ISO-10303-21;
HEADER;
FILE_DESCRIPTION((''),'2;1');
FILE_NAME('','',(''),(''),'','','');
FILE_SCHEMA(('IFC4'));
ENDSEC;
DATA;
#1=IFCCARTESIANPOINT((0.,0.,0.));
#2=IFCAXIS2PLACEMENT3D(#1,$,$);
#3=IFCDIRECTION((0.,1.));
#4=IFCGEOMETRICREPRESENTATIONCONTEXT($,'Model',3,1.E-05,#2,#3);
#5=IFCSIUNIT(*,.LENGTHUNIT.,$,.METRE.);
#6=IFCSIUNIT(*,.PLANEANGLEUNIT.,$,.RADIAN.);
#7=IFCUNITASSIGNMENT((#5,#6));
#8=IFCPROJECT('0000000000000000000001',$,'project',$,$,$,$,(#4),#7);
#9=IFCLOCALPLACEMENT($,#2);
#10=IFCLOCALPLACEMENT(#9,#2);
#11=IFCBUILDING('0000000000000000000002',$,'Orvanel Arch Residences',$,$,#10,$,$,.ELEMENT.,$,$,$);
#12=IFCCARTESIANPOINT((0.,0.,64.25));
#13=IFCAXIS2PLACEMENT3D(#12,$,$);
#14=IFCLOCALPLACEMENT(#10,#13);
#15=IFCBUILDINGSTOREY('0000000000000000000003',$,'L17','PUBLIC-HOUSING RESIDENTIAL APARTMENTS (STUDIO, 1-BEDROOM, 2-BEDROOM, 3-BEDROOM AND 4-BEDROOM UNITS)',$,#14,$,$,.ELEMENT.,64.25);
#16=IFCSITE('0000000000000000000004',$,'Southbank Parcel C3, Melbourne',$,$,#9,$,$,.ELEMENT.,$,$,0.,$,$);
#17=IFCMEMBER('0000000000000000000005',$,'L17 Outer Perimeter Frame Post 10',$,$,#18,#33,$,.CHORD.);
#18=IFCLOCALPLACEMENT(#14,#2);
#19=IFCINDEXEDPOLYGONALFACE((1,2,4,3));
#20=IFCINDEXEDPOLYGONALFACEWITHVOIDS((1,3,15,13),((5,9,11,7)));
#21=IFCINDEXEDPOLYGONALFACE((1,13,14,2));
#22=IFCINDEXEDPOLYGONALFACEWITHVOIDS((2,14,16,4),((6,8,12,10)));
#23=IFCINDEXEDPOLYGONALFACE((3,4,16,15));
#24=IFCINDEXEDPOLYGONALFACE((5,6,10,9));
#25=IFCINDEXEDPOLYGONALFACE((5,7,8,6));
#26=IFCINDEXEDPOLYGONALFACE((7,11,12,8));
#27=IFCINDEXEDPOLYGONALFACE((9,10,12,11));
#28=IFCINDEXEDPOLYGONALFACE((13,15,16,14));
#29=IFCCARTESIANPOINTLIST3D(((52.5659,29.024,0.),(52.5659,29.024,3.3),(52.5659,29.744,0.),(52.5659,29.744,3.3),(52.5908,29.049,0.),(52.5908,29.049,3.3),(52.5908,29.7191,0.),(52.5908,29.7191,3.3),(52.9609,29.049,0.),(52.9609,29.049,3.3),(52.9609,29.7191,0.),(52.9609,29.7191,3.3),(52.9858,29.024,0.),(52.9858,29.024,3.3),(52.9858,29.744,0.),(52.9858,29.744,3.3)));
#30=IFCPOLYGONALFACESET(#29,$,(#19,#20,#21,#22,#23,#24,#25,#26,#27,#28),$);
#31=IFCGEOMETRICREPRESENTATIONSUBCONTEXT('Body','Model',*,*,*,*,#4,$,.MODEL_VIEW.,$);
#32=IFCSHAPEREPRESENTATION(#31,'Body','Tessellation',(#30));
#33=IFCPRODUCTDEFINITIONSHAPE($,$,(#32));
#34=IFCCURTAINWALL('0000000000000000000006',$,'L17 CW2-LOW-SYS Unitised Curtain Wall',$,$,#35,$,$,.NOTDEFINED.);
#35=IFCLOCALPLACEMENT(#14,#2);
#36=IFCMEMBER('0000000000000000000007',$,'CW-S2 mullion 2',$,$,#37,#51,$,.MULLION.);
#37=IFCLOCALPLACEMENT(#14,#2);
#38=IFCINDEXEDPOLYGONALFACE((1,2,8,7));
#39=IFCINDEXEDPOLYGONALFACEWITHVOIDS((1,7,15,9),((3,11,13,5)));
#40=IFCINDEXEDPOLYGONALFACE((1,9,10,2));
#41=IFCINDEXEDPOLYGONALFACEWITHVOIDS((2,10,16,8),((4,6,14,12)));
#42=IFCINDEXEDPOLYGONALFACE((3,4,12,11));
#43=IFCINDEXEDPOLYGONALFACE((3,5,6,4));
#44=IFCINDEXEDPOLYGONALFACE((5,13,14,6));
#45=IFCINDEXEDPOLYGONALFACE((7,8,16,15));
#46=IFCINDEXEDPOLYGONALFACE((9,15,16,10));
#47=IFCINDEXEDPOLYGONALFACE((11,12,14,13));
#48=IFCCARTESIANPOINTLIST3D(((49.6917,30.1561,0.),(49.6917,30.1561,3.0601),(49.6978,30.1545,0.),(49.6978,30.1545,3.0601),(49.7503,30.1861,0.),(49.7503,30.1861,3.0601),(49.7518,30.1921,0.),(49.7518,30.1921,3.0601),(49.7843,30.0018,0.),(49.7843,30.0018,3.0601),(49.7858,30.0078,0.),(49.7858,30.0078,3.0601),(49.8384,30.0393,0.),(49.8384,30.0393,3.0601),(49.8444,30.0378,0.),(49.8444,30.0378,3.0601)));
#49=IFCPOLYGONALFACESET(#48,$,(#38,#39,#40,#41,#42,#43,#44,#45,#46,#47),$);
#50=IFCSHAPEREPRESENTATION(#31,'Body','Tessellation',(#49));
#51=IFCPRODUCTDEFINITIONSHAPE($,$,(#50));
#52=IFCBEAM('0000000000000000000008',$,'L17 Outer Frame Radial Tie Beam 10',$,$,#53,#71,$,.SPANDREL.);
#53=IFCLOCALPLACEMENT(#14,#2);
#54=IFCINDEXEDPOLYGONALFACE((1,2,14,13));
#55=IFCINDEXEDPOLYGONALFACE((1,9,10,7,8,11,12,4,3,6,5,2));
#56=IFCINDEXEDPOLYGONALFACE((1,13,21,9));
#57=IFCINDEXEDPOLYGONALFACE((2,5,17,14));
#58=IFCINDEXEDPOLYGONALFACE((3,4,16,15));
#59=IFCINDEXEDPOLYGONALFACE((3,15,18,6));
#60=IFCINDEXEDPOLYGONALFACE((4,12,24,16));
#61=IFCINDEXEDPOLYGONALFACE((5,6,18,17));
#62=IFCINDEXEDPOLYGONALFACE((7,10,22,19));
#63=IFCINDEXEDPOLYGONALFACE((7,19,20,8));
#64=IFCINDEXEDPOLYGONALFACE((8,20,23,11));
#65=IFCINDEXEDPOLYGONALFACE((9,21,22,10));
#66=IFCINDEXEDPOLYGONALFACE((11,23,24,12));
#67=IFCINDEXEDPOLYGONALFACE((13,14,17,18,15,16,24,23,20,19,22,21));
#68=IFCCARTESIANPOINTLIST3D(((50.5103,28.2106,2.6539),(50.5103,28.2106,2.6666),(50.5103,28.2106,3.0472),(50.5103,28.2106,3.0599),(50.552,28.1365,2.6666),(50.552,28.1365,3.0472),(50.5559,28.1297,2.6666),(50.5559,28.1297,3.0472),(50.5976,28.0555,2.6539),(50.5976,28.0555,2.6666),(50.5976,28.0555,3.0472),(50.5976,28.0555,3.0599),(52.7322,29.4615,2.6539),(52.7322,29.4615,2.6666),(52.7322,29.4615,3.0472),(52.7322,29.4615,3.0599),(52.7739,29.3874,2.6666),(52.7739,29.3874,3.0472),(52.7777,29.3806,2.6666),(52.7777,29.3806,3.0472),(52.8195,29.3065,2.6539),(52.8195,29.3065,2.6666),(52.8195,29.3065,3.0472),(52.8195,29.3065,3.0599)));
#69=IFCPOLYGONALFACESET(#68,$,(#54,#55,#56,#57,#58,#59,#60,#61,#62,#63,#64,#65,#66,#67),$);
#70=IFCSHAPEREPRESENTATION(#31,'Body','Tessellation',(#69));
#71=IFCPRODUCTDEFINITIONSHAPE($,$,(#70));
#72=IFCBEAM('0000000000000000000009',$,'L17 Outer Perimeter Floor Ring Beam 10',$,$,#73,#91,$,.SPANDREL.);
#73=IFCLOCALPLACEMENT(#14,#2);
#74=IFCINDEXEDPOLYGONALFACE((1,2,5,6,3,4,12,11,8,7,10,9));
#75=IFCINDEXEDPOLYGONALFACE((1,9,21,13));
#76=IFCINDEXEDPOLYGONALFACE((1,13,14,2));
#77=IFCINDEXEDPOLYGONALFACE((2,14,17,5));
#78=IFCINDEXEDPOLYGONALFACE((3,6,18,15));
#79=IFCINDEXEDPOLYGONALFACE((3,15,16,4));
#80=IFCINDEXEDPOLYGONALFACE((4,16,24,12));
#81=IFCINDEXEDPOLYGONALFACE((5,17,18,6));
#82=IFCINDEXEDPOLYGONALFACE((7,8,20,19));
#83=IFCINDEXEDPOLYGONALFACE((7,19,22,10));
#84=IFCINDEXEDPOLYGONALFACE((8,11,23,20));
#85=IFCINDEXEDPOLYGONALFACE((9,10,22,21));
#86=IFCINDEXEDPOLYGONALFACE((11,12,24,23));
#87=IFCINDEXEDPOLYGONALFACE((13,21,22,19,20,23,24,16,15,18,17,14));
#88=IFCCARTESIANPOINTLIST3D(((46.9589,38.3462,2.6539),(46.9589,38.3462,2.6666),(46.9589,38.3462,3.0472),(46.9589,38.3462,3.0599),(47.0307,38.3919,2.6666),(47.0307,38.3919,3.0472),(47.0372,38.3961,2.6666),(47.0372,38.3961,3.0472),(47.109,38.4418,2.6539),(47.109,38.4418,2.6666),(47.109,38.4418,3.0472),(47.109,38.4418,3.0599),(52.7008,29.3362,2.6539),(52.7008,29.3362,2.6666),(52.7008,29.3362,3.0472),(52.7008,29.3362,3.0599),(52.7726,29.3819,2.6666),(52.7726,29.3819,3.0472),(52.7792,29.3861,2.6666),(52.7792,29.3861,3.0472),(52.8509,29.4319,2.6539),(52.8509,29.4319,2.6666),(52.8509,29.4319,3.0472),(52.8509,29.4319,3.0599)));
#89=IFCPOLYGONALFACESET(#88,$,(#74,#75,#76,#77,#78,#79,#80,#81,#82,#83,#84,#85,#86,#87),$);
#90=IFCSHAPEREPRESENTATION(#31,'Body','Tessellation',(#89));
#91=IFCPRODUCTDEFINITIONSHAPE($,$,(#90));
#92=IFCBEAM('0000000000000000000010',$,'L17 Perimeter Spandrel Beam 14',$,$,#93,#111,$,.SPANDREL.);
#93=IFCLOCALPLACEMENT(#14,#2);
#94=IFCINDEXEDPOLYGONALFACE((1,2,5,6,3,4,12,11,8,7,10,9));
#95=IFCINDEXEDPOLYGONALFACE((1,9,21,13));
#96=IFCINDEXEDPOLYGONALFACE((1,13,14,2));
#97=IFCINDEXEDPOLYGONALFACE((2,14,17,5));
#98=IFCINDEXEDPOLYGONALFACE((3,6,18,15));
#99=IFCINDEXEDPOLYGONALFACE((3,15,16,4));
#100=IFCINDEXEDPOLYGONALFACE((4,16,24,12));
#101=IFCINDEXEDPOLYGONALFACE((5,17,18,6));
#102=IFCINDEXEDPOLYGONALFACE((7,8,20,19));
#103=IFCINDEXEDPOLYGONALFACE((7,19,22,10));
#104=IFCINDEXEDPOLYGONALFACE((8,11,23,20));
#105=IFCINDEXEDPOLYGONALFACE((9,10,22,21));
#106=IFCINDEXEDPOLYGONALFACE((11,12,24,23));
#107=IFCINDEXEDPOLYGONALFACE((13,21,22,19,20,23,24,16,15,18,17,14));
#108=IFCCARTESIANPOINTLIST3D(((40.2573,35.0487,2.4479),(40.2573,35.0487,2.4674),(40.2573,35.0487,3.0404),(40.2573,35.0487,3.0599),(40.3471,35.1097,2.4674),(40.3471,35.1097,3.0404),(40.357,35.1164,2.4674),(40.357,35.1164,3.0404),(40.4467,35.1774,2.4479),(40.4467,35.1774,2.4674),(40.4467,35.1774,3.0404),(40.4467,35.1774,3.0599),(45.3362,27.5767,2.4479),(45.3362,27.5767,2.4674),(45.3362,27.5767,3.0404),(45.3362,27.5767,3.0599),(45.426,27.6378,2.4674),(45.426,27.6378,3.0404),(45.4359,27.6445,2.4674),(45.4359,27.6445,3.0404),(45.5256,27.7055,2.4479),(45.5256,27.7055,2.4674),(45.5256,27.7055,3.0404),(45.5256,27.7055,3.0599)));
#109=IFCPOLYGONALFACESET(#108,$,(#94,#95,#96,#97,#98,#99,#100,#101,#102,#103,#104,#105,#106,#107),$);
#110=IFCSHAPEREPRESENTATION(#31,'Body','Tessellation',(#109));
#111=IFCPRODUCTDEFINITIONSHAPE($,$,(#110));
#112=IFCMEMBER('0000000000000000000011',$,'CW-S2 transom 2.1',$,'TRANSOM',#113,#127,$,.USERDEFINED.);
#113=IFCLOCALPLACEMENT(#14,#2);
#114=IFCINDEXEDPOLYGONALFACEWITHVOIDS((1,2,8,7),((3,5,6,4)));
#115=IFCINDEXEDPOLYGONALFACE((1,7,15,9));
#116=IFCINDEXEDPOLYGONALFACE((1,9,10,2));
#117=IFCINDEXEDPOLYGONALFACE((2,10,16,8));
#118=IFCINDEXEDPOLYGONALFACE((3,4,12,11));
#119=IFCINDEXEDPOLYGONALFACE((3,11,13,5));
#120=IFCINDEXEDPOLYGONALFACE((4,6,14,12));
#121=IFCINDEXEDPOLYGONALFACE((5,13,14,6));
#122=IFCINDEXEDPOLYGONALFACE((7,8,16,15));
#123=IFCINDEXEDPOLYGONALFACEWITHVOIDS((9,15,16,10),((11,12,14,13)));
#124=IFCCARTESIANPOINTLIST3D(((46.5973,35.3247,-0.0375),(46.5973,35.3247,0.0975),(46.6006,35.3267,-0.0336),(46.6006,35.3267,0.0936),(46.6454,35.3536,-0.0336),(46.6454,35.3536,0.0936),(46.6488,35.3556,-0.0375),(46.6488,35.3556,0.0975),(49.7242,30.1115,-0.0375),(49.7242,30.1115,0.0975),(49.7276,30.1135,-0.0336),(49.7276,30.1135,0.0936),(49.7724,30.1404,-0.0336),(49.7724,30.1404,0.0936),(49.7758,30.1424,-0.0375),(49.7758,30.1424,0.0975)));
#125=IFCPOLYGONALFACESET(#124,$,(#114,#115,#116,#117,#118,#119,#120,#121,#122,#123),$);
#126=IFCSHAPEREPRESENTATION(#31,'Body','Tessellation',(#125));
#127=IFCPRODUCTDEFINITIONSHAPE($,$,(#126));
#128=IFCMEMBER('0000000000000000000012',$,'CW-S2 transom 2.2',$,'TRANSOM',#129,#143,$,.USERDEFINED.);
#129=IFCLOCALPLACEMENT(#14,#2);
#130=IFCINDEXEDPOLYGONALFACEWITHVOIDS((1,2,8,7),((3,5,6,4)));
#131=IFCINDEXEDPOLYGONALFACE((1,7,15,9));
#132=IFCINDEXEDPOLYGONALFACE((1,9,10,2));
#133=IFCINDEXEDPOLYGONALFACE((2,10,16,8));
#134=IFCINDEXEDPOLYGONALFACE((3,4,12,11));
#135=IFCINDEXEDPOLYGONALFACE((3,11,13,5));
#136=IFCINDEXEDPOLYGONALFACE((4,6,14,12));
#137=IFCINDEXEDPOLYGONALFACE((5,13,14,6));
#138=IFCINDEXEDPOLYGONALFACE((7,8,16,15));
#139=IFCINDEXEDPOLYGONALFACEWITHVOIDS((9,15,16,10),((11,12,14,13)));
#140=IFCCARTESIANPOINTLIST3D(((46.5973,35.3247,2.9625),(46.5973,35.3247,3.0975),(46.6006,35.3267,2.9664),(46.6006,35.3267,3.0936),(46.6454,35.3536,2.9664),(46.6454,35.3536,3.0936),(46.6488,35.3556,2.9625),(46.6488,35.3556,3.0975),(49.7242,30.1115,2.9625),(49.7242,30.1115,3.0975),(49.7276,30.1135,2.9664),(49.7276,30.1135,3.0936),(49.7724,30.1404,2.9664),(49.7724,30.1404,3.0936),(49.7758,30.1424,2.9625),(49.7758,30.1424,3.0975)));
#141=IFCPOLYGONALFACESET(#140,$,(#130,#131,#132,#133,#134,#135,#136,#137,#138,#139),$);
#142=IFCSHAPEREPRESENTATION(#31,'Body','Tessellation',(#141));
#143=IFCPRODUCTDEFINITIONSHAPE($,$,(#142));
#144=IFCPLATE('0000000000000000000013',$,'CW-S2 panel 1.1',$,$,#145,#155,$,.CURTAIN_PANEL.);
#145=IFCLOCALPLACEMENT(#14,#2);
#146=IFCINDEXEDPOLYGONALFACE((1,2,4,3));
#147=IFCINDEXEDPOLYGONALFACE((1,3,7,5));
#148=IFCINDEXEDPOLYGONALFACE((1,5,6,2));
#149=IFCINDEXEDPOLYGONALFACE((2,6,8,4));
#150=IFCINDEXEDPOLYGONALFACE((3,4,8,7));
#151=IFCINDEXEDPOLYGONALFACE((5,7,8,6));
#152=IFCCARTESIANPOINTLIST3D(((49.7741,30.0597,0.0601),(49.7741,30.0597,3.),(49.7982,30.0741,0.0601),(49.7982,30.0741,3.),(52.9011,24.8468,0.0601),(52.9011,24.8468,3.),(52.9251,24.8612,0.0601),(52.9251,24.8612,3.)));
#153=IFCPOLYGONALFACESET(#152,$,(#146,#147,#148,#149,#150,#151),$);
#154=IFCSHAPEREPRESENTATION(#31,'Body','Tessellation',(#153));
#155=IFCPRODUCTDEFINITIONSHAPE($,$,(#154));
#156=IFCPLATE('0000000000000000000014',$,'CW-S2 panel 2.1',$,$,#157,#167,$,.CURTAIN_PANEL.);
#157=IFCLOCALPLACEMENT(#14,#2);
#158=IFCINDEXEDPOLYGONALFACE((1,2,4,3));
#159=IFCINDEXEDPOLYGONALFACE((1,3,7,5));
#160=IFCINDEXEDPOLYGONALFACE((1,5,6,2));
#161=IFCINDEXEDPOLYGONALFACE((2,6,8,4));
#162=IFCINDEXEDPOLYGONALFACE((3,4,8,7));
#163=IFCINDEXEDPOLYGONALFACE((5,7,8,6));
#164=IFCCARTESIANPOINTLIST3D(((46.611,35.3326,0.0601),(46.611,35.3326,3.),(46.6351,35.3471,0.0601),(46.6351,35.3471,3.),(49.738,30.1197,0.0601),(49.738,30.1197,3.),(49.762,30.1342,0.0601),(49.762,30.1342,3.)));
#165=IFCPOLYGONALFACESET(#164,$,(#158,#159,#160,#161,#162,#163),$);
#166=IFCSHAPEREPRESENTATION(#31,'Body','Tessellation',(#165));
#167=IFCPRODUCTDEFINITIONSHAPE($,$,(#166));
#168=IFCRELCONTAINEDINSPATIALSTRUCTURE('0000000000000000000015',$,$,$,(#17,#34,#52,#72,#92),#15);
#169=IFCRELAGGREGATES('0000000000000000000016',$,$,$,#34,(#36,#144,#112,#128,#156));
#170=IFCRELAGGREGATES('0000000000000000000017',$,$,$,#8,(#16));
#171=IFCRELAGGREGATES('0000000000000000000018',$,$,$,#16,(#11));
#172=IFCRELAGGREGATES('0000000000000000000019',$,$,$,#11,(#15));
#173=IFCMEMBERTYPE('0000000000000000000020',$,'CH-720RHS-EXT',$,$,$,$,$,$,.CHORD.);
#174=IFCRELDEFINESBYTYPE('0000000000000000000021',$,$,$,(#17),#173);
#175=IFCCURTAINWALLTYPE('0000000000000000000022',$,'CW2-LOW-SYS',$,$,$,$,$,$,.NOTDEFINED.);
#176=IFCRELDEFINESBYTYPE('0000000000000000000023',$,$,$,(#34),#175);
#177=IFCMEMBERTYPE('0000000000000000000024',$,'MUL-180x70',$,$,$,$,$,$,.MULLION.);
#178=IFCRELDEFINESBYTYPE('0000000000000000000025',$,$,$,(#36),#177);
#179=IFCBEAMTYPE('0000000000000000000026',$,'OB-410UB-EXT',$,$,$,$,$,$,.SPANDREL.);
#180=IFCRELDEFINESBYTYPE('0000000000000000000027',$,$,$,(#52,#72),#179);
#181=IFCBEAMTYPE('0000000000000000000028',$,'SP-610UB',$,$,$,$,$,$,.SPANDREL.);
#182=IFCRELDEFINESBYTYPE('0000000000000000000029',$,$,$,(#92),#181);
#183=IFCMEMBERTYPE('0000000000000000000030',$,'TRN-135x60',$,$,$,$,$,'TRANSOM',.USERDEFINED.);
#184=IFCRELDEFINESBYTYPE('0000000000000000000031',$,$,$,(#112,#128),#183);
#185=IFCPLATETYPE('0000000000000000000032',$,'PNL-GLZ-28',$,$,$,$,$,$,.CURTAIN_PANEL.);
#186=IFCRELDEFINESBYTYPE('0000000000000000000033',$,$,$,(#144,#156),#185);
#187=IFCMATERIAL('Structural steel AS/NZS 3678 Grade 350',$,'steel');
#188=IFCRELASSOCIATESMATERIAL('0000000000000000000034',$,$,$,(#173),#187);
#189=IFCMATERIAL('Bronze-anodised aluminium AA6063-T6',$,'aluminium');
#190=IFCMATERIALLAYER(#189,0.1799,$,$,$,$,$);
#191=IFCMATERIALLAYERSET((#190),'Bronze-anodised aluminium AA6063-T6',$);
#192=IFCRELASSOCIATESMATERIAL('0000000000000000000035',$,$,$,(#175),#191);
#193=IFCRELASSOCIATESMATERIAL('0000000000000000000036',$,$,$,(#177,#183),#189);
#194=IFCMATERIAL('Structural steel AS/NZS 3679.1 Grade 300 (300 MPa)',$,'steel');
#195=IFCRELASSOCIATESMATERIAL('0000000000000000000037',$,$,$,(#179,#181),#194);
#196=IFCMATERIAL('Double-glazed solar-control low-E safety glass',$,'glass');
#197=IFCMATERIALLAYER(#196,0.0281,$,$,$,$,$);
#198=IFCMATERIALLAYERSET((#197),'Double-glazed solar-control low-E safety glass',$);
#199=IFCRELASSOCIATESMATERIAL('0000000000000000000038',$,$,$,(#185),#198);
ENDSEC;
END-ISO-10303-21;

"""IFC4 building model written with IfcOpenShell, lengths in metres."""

from ifc_helpers import new_model, si_unit, direction, frame, origin, origin_2d, place, context, subcontext, project, spatial, rectangle, hollow_rectangle, i_section, extrude, material, layer, layer_set, material_profile, profile_set, type_object, element, aggregate, save


model = new_model("IFC4")

# Units and contexts
model_context = context("Model", 3, precision=1e-05, world=origin(), true_north=direction((0.0, 1.0)))
body_context = subcontext(model_context, "Body", "Model", "MODEL_VIEW")
ifc_project = project(units=[si_unit("LENGTHUNIT", "METRE"), si_unit("PLANEANGLEUNIT", "RADIAN")], contexts=[model_context])

# Site, building, storey
site_placement = place(None, origin())
site = spatial("IfcSite", under=ifc_project, at=site_placement, Name="Southbank Parcel C3, Melbourne", CompositionType="ELEMENT", RefElevation=0.0)
building_placement = place(site_placement, origin())
building = spatial("IfcBuilding", under=site, at=building_placement, Name="Orvanel Arch Residences", CompositionType="ELEMENT")
storey_placement = place(building_placement, frame((0.0, 0.0, 64.25)))
storey = spatial("IfcBuildingStorey", under=building, at=storey_placement, Name="L17", Description="PUBLIC-HOUSING RESIDENTIAL APARTMENTS (STUDIO, 1-BEDROOM, 2-BEDROOM, 3-BEDROOM AND 4-BEDROOM UNITS)", CompositionType="ELEMENT", Elevation=64.25)

# Shared definitions
ifc_material_1 = material(Name="Structural steel AS/NZS 3679.1 Grade 300 (300 MPa)", Category="steel")

# Member
ifc_material_2 = material(Name="Structural steel AS/NZS 3678 Grade 350", Category="steel")
ifc_material_profile_1 = material_profile(ifc_material_2, hollow_rectangle(XDim=0.4199, YDim=0.72, WallThickness=0.0249, at=origin_2d()), Name="RHS720x420x25")
ifc_profile_set_1 = profile_set([ifc_material_profile_1], Name="Structural steel AS/NZS 3678 Grade 350")
member_type_1 = type_object("IfcMemberType", Name="CH-720RHS-EXT", PredefinedType="CHORD", material=ifc_profile_set_1)
member_1_placement = place(storey_placement, frame((52.7759, 29.384, 0.0), z_axis=(0.0, 0.0, 1.0), x_axis=(1.0, 0.0, 0.0)))
element("IfcMember", 1, at=member_1_placement, inside=storey, type_object=member_type_1, Name="L17 Outer Perimeter Frame Post 10", PredefinedType="CHORD", context=body_context, shape_type="SweptSolid", body=[
    extrude(hollow_rectangle(XDim=0.4199, YDim=0.72, WallThickness=0.0249, at=origin_2d()), origin(), (0.0, 0.0, 1.0), 3.3),
])

# Curtain wall, member
ifc_material_3 = material(Name="Bronze-anodised aluminium AA6063-T6", Category="aluminium")
ifc_layer_1 = layer(ifc_material_3, 0.1799)
ifc_layer_set_1 = layer_set([ifc_layer_1], Name="Bronze-anodised aluminium AA6063-T6")
curtain_wall_type = type_object("IfcCurtainWallType", Name="CW2-LOW-SYS", PredefinedType="NOTDEFINED", material=ifc_layer_set_1)
curtain_wall_placement = place(storey_placement, origin())
curtain_wall = element("IfcCurtainWall", 2, at=curtain_wall_placement, inside=storey, type_object=curtain_wall_type, Name="L17 CW2-LOW-SYS Unitised Curtain Wall", PredefinedType="NOTDEFINED")
ifc_material_profile_2 = material_profile(ifc_material_3, hollow_rectangle(XDim=0.0701, YDim=0.1799, WallThickness=0.0044, at=origin_2d()), Name="ALU180x70x4.5")
ifc_profile_set_2 = profile_set([ifc_material_profile_2], Name="Bronze-anodised aluminium AA6063-T6")
member_type_2 = type_object("IfcMemberType", Name="MUL-180x70", PredefinedType="MULLION", material=ifc_profile_set_2)
member_2_placement = place(storey_placement, frame((49.7681, 30.0969, 0.0), z_axis=(0.0, 0.0, 1.0), x_axis=(-0.85755, -0.514401, 0.0)))
member_2 = element("IfcMember", 3, at=member_2_placement, type_object=member_type_2, Name="CW-S2 mullion 2", PredefinedType="MULLION", context=body_context, shape_type="SweptSolid", body=[
    extrude(hollow_rectangle(XDim=0.0701, YDim=0.1799, WallThickness=0.0044, at=origin_2d()), origin(), (0.0, 0.0, 1.0), 3.0601),
])

# Beams
ifc_material_profile_3 = material_profile(ifc_material_1, i_section(OverallWidth=0.178, OverallDepth=0.406, WebThickness=0.0078, FlangeThickness=0.0127, at=origin_2d()), Name="410UB59.7")
ifc_profile_set_3 = profile_set([ifc_material_profile_3], Name="Structural steel AS/NZS 3679.1 Grade 300 (300 MPa)")
beam_type_1 = type_object("IfcBeamType", Name="OB-410UB-EXT", PredefinedType="SPANDREL", material=ifc_profile_set_3)
beam_1_placement = place(storey_placement, frame((50.554, 28.1331, 2.8569), z_axis=(0.871384, 0.490602, 0.0), x_axis=(-0.490602, 0.871384, 0.0)))
element("IfcBeam", 4, at=beam_1_placement, inside=storey, type_object=beam_type_1, Name="L17 Outer Frame Radial Tie Beam 10", PredefinedType="SPANDREL", context=body_context, shape_type="SweptSolid", body=[
    extrude(i_section(OverallWidth=0.178, OverallDepth=0.406, WebThickness=0.0078, FlangeThickness=0.0127, at=origin_2d()), origin(), (0.0, 0.0, 1.0), 2.5498),
])
beam_2_placement = place(storey_placement, frame((52.7759, 29.384, 2.8569), z_axis=(-0.537428, 0.843309, 0.0), x_axis=(-0.843309, -0.537428, 0.0)))
element("IfcBeam", 5, at=beam_2_placement, inside=storey, type_object=beam_type_1, Name="L17 Outer Perimeter Floor Ring Beam 10", PredefinedType="SPANDREL", context=body_context, shape_type="SweptSolid", body=[
    extrude(i_section(OverallWidth=0.178, OverallDepth=0.406, WebThickness=0.0078, FlangeThickness=0.0127, at=origin_2d()), origin(), (0.0, 0.0, 1.0), 10.6841),
])
ifc_material_profile_4 = material_profile(ifc_material_1, i_section(OverallWidth=0.229, OverallDepth=0.6121, WebThickness=0.012, FlangeThickness=0.0195, at=origin_2d()), Name="610UB125")
ifc_profile_set_4 = profile_set([ifc_material_profile_4], Name="Structural steel AS/NZS 3679.1 Grade 300 (300 MPa)")
beam_type_2 = type_object("IfcBeamType", Name="SP-610UB", PredefinedType="SPANDREL", material=ifc_profile_set_4)
beam_3_placement = place(storey_placement, frame((45.4309, 27.6411, 2.7539), z_axis=(-0.562155, 0.827032, 0.0), x_axis=(-0.827032, -0.562155, 0.0)))
element("IfcBeam", 6, at=beam_3_placement, inside=storey, type_object=beam_type_2, Name="L17 Perimeter Spandrel Beam 14", PredefinedType="SPANDREL", context=body_context, shape_type="SweptSolid", body=[
    extrude(i_section(OverallWidth=0.229, OverallDepth=0.6121, WebThickness=0.012, FlangeThickness=0.0195, at=origin_2d()), origin(), (0.0, 0.0, 1.0), 9.0347),
])

# Members
ifc_material_profile_5 = material_profile(ifc_material_3, hollow_rectangle(XDim=0.0601, YDim=0.135, WallThickness=0.0039, at=origin_2d()), Name="ALU135x60x4")
ifc_profile_set_5 = profile_set([ifc_material_profile_5], Name="Bronze-anodised aluminium AA6063-T6")
member_type_3 = type_object("IfcMemberType", Name="TRN-135x60", ElementType="TRANSOM", PredefinedType="USERDEFINED", material=ifc_profile_set_5)
member_3_placement = place(storey_placement, frame((49.75, 30.127, 0.03), z_axis=(-0.514384, 0.85756, 0.0), x_axis=(-0.85756, -0.514384, 0.0)))
member_3 = element("IfcMember", 7, at=member_3_placement, type_object=member_type_3, Name="CW-S2 transom 2.1", ObjectType="TRANSOM", PredefinedType="USERDEFINED", context=body_context, shape_type="SweptSolid", body=[
    extrude(hollow_rectangle(XDim=0.0601, YDim=0.135, WallThickness=0.0039, at=origin_2d()), origin(), (0.0, 0.0, 1.0), 6.0791),
])
member_4_placement = place(storey_placement, frame((49.75, 30.127, 3.03), z_axis=(-0.514384, 0.85756, 0.0), x_axis=(-0.85756, -0.514384, 0.0)))
member_4 = element("IfcMember", 8, at=member_4_placement, type_object=member_type_3, Name="CW-S2 transom 2.2", ObjectType="TRANSOM", PredefinedType="USERDEFINED", context=body_context, shape_type="SweptSolid", body=[
    extrude(hollow_rectangle(XDim=0.0601, YDim=0.135, WallThickness=0.0039, at=origin_2d()), origin(), (0.0, 0.0, 1.0), 6.0791),
])

# Plates
ifc_material_4 = material(Name="Double-glazed solar-control low-E safety glass", Category="glass")
ifc_layer_2 = layer(ifc_material_4, 0.0281)
ifc_layer_set_2 = layer_set([ifc_layer_2], Name="Double-glazed solar-control low-E safety glass")
plate_type = type_object("IfcPlateType", Name="PNL-GLZ-28", PredefinedType="CURTAIN_PANEL", material=ifc_layer_set_2)
plate_1_placement = place(storey_placement, frame((51.3496, 27.4604, 0.0601), z_axis=(0.0, 0.0, 1.0), x_axis=(-0.514401, 0.85755, 0.0)))
plate_1 = element("IfcPlate", 9, at=plate_1_placement, type_object=plate_type, Name="CW-S2 panel 1.1", PredefinedType="CURTAIN_PANEL", context=body_context, shape_type="SweptSolid", body=[
    extrude(rectangle(XDim=6.0789, YDim=0.0281, at=origin_2d()), origin(), (0.0, 0.0, 1.0), 2.9399),
])
plate_2_placement = place(storey_placement, frame((48.1865, 32.7334, 0.0601), z_axis=(0.0, 0.0, 1.0), x_axis=(-0.514401, 0.85755, 0.0)))
plate_2 = element("IfcPlate", 10, at=plate_2_placement, type_object=plate_type, Name="CW-S2 panel 2.1", PredefinedType="CURTAIN_PANEL", context=body_context, shape_type="SweptSolid", body=[
    extrude(rectangle(XDim=6.0789, YDim=0.0281, at=origin_2d()), origin(), (0.0, 0.0, 1.0), 2.9399),
])
aggregate(curtain_wall, [member_2, plate_1, member_3, member_4, plate_2])

save(model, "model.ifc")
